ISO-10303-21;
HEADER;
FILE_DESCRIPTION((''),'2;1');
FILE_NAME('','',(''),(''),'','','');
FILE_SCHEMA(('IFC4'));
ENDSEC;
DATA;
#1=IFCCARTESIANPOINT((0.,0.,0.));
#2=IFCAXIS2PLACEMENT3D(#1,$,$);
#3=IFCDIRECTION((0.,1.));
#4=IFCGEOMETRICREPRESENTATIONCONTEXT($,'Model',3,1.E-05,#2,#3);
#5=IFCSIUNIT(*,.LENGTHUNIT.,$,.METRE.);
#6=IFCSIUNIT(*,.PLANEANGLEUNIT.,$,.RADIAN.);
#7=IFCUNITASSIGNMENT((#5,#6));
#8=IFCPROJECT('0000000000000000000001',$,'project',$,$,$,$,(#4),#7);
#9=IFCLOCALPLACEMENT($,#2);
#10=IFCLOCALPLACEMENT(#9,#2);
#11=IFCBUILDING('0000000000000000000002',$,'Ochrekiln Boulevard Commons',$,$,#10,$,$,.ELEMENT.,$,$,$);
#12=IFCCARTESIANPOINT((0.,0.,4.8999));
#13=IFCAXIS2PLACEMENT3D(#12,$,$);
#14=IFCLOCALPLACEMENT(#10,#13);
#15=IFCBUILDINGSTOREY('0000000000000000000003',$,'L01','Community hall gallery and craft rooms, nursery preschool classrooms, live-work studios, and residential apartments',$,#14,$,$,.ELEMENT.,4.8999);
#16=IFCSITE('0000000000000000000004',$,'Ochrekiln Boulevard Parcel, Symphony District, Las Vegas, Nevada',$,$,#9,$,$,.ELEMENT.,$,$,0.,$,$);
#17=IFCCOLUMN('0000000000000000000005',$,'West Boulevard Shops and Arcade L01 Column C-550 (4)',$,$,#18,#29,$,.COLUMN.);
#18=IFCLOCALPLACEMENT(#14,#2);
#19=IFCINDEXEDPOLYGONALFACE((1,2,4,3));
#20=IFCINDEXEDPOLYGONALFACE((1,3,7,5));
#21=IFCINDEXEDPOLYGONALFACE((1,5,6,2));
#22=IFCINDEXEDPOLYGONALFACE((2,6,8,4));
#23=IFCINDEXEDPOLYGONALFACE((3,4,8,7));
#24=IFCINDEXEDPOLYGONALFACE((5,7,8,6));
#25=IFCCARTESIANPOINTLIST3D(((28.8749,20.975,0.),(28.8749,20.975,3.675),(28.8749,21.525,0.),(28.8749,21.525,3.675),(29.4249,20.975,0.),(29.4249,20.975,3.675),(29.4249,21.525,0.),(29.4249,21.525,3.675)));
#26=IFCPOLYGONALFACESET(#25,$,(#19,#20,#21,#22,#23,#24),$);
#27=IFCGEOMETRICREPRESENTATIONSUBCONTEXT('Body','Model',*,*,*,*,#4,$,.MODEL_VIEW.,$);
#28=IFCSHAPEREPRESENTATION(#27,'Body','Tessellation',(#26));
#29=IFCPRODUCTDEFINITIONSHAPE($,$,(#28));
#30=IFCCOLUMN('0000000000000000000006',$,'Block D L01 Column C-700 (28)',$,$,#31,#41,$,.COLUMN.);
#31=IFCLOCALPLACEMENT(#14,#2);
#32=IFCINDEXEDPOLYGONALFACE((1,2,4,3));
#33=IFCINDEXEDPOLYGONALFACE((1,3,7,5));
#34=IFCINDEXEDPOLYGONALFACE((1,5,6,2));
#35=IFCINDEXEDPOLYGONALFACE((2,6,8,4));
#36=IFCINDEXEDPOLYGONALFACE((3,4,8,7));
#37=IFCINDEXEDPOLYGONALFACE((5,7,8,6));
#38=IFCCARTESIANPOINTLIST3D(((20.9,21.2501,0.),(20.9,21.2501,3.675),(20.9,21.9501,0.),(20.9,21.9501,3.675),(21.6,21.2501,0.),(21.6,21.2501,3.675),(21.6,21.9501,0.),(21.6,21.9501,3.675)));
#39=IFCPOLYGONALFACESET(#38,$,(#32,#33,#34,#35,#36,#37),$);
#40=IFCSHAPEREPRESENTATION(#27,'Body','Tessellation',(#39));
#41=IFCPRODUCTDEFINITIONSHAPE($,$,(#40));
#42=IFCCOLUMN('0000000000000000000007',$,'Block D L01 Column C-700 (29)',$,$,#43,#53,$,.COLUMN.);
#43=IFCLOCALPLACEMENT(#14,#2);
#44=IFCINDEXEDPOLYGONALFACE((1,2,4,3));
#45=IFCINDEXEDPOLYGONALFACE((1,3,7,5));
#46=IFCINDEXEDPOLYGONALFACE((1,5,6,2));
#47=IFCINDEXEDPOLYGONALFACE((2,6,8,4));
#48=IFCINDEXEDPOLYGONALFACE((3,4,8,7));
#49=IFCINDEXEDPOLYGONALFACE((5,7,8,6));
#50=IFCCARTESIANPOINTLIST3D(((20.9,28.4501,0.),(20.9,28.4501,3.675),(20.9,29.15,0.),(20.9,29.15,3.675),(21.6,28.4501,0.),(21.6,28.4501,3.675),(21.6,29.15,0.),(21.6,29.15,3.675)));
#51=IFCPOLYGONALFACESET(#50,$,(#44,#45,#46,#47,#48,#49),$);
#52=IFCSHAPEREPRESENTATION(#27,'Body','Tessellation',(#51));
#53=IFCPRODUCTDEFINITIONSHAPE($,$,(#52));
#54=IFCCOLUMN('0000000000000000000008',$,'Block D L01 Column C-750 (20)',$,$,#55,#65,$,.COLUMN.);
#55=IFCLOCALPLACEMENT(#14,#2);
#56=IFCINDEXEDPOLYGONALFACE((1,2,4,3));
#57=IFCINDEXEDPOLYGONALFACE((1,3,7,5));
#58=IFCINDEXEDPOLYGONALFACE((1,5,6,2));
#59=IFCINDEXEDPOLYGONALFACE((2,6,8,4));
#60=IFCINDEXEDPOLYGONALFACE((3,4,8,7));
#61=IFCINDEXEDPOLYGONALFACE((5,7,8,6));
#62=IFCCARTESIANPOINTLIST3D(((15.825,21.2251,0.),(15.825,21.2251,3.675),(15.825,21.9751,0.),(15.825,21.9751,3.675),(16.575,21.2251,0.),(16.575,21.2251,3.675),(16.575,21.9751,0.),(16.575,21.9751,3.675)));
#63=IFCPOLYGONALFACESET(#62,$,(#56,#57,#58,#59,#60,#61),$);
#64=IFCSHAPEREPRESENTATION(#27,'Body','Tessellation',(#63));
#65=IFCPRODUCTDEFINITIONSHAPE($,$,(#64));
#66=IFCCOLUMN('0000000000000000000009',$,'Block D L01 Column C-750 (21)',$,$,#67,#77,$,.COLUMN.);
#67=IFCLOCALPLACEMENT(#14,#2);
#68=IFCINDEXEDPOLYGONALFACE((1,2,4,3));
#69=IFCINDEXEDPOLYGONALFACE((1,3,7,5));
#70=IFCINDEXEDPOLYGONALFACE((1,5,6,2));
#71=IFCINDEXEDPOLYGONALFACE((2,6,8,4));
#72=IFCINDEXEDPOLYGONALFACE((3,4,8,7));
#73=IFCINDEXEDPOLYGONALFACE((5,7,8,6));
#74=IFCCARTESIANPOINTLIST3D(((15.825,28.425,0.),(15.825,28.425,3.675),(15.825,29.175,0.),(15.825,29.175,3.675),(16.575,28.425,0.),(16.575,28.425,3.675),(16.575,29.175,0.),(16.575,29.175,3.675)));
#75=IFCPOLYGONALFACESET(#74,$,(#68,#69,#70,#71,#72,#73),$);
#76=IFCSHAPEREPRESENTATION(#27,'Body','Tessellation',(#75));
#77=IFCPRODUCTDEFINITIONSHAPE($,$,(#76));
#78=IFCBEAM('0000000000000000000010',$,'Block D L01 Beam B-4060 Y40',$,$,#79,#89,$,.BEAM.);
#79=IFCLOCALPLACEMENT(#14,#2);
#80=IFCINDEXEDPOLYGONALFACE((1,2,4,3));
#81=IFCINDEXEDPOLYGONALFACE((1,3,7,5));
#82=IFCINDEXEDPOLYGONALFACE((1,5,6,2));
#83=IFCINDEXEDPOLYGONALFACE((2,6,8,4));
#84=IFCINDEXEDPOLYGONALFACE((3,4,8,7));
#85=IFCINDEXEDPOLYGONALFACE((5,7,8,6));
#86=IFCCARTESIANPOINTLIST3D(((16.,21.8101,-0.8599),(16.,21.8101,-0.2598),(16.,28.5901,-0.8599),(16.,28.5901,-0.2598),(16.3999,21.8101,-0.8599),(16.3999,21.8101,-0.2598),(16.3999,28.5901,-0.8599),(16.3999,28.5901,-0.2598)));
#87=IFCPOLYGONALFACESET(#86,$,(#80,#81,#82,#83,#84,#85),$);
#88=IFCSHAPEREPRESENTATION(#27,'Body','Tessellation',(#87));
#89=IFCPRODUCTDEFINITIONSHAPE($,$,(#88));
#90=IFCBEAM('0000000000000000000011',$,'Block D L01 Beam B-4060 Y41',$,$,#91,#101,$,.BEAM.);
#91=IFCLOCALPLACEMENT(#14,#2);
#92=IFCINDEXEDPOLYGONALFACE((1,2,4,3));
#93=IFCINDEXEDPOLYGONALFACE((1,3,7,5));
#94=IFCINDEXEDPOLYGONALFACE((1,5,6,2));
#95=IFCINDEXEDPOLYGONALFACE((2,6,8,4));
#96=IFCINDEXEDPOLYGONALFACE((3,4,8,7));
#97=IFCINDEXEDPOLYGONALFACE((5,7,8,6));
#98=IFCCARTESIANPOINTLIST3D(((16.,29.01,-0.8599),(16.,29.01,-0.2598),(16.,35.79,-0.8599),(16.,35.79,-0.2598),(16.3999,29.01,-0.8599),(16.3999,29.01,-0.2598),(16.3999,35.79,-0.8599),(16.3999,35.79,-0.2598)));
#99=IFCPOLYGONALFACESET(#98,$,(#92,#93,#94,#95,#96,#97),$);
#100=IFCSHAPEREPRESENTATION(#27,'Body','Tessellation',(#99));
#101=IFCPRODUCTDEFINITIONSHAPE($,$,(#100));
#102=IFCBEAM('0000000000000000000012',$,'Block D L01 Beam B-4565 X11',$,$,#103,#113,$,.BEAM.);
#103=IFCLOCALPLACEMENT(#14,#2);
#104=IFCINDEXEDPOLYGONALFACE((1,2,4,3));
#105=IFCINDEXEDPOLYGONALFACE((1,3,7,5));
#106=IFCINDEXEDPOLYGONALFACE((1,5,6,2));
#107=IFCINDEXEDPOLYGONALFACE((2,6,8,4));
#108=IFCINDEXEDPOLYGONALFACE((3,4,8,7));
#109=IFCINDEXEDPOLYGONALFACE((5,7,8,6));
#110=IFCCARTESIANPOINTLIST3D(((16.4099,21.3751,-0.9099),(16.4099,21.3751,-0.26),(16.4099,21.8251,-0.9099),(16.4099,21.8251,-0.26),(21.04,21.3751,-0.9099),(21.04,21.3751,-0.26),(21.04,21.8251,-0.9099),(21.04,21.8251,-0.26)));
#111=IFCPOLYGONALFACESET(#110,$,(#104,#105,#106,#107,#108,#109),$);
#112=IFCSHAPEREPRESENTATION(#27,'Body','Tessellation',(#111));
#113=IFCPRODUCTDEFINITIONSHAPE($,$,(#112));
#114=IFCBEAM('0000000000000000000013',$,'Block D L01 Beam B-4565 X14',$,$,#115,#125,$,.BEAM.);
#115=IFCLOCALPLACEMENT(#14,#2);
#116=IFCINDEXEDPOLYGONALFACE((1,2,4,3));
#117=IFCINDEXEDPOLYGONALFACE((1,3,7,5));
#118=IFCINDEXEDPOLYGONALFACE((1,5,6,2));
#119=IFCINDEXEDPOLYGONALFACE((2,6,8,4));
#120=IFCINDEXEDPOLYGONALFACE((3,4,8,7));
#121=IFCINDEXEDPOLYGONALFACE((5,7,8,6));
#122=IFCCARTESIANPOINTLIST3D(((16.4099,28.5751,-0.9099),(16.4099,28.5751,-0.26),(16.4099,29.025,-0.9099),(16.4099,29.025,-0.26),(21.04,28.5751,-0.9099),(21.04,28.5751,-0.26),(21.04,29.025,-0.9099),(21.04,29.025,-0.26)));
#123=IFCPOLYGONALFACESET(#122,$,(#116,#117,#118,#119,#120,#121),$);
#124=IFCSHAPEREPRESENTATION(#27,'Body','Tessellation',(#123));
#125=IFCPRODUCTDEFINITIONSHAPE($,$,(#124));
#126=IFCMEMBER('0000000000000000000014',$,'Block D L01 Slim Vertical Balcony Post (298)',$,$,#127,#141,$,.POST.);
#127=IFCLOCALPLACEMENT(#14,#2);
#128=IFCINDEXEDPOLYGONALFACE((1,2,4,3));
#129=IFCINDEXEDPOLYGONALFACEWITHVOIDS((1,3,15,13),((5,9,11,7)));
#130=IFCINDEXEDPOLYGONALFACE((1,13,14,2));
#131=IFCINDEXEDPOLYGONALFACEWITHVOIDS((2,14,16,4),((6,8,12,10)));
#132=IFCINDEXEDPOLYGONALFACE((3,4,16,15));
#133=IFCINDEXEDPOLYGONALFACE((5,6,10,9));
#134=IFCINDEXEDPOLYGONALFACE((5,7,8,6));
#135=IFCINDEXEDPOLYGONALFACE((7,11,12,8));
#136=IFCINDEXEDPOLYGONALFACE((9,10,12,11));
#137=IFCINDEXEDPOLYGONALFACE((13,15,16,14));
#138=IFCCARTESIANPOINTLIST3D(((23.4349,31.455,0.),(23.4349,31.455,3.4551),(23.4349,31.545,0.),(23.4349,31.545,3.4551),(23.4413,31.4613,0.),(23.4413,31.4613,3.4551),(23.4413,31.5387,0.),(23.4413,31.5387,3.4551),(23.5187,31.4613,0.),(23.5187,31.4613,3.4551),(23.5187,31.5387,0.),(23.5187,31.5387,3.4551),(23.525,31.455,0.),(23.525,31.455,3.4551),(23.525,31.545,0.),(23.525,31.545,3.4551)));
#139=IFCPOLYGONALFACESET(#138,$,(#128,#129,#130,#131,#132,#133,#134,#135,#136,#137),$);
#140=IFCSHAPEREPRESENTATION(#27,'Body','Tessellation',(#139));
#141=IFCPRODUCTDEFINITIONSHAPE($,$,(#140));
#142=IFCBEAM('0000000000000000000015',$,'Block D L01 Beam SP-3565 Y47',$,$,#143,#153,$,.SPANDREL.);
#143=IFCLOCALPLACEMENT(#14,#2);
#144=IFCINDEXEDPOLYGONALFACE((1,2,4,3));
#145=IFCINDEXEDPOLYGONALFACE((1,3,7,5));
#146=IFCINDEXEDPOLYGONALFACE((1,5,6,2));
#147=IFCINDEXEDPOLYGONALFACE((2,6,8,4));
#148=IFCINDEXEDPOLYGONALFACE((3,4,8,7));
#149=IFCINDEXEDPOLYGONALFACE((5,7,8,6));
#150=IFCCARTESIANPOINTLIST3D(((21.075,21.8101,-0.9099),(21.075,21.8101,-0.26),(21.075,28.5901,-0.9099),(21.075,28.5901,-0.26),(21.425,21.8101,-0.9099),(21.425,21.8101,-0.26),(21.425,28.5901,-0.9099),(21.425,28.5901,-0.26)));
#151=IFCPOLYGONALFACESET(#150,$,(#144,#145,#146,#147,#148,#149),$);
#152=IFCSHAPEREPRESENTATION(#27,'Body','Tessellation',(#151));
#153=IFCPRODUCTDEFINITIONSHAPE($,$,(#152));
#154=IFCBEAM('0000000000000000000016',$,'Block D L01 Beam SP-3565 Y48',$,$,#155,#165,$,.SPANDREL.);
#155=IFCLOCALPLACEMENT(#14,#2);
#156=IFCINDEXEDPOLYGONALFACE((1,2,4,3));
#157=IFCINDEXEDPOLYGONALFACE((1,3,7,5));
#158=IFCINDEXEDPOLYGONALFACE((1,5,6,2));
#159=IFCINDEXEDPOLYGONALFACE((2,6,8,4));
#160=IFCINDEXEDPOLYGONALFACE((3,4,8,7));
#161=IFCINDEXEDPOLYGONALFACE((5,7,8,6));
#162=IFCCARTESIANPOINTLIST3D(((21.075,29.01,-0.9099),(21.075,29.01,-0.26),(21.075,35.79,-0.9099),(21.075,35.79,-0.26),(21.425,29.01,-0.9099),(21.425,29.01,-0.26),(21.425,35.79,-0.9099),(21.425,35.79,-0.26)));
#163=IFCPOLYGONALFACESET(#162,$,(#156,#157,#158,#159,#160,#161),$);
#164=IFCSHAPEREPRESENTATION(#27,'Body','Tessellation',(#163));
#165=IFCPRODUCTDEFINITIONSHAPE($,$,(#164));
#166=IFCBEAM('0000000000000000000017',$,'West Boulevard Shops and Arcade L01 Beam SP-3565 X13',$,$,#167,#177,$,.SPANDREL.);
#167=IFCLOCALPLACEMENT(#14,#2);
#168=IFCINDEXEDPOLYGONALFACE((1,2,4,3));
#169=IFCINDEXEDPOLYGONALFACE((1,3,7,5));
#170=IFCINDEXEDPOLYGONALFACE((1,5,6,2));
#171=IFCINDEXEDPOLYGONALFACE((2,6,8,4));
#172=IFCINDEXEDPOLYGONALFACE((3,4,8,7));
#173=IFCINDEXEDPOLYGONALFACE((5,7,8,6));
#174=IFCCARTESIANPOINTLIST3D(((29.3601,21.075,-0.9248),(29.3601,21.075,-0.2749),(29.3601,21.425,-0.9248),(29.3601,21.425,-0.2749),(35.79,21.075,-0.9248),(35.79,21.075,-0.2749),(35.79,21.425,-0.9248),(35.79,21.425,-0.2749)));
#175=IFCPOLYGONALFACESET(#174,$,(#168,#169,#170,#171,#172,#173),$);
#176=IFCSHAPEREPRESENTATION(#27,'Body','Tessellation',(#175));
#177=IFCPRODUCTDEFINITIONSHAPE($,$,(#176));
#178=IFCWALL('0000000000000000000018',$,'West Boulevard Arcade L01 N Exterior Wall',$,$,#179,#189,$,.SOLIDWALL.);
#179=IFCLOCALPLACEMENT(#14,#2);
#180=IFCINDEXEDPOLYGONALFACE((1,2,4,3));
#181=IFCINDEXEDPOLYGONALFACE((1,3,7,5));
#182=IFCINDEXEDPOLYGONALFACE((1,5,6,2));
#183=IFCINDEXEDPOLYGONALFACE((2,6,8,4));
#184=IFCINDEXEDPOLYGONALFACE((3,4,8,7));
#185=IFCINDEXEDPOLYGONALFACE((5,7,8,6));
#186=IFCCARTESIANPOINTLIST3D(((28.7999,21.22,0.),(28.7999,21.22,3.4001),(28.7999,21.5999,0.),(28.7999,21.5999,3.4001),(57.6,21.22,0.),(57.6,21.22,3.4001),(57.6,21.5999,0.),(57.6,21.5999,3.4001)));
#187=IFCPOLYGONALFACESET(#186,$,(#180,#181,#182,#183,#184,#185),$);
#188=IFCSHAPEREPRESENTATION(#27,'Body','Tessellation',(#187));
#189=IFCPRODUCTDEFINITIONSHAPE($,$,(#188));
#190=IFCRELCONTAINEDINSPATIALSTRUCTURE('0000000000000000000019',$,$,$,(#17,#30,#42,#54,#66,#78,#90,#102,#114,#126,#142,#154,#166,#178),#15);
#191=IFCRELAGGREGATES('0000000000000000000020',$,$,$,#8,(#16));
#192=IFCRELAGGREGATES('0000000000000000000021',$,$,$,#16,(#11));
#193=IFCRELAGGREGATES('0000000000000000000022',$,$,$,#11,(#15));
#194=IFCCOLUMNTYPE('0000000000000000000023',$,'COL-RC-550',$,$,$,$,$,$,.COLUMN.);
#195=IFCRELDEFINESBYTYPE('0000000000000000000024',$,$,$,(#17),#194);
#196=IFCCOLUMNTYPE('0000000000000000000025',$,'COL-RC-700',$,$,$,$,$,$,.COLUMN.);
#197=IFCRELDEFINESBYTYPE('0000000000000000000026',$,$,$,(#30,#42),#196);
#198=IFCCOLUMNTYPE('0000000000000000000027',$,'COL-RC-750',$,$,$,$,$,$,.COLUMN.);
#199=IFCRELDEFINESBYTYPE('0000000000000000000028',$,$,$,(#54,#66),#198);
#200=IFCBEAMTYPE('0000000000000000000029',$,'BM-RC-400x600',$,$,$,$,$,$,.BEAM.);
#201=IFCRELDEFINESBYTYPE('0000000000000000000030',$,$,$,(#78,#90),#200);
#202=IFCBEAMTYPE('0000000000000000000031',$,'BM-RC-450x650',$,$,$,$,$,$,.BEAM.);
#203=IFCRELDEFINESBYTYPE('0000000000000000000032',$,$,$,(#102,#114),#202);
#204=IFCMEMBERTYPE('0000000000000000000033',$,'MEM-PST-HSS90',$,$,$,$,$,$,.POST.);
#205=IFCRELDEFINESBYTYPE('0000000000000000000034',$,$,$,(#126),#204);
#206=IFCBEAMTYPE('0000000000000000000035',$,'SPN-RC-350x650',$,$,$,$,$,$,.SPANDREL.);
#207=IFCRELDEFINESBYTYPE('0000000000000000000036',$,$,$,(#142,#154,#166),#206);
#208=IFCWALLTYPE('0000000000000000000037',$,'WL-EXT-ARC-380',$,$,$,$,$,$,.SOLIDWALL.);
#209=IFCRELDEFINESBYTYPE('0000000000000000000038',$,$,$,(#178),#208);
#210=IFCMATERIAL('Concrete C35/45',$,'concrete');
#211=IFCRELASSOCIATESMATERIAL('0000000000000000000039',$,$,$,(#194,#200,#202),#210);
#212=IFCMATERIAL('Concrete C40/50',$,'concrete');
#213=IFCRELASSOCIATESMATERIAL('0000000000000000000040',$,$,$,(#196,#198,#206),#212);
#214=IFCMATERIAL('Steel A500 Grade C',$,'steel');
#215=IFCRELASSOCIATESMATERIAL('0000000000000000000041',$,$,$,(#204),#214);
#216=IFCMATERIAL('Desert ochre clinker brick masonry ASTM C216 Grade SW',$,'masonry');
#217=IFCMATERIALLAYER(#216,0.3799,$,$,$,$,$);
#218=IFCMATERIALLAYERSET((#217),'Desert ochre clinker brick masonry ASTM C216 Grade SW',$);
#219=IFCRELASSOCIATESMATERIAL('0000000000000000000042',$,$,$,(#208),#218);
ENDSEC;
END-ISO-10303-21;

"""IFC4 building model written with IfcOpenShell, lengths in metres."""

from ifc_helpers import new_model, si_unit, direction, frame, frame_2d, origin, origin_2d, place, context, subcontext, project, spatial, rectangle, hollow_rectangle, extrude, material, layer, layer_set, material_profile, profile_set, type_object, element, save


model = new_model("IFC4")

# Units and contexts
model_context = context("Model", 3, precision=1e-05, world=origin(), true_north=direction((0.0, 1.0)))
body_context = subcontext(model_context, "Body", "Model", "MODEL_VIEW")
ifc_project = project(units=[si_unit("LENGTHUNIT", "METRE"), si_unit("PLANEANGLEUNIT", "RADIAN")], contexts=[model_context])

# Site, building, storey
site_placement = place(None, origin())
site = spatial("IfcSite", under=ifc_project, at=site_placement, Name="Ochrekiln Boulevard Parcel, Symphony District, Las Vegas, Nevada", CompositionType="ELEMENT", RefElevation=0.0)
building_placement = place(site_placement, origin())
building = spatial("IfcBuilding", under=site, at=building_placement, Name="Ochrekiln Boulevard Commons", CompositionType="ELEMENT")
storey_placement = place(building_placement, frame((0.0, 0.0, 4.8999)))
storey = spatial("IfcBuildingStorey", under=building, at=storey_placement, Name="L01", Description="Community hall gallery and craft rooms, nursery preschool classrooms, live-work studios, and residential apartments", CompositionType="ELEMENT", Elevation=4.8999)

# Columns
ifc_material_1 = material(Name="Concrete C35/45", Category="concrete")
ifc_material_profile_1 = material_profile(ifc_material_1, rectangle(XDim=0.55, YDim=0.55, at=origin_2d()), Name="RC-COL-550x550")
ifc_profile_set_1 = profile_set([ifc_material_profile_1], Name="Concrete C35/45")
column_type_1 = type_object("IfcColumnType", Name="COL-RC-550", PredefinedType="COLUMN", material=ifc_profile_set_1)
column_placement = place(storey_placement, frame((29.1499, 21.25, 0.0), z_axis=(0.0, 0.0, 1.0), x_axis=(1.0, 0.0, 0.0)))
element("IfcColumn", 1, at=column_placement, inside=storey, type_object=column_type_1, Name="West Boulevard Shops and Arcade L01 Column C-550 (4)", PredefinedType="COLUMN", context=body_context, shape_type="SweptSolid", body=[
    extrude(rectangle(XDim=0.55, YDim=0.55, at=origin_2d()), origin(), (0.0, 0.0, 1.0), 3.675),
])
ifc_material_2 = material(Name="Concrete C40/50", Category="concrete")
ifc_material_profile_2 = material_profile(ifc_material_2, rectangle(XDim=0.7, YDim=0.7, at=origin_2d()), Name="RC-COL-700x700")
ifc_profile_set_2 = profile_set([ifc_material_profile_2], Name="Concrete C40/50")
column_type_2 = type_object("IfcColumnType", Name="COL-RC-700", PredefinedType="COLUMN", material=ifc_profile_set_2)
for number, where, z_axis, x_axis, name in (
    (2, (21.25, 21.6001, 0.0), (0.0, 0.0, 1.0), (1.0, 0.0, 0.0), "Block D L01 Column C-700 (28)"),
    (3, (21.25, 28.8, 0.0), (0.0, 0.0, 1.0), (1.0, 0.0, 0.0), "Block D L01 Column C-700 (29)"),
):
    element("IfcColumn", number, at=place(storey_placement, frame(where, z_axis=z_axis, x_axis=x_axis)), inside=storey, type_object=column_type_2, Name=name, PredefinedType="COLUMN", context=body_context, shape_type="SweptSolid", body=[
        extrude(rectangle(XDim=0.7, YDim=0.7, at=origin_2d()), origin(), (0.0, 0.0, 1.0), 3.675),
    ])
ifc_material_profile_3 = material_profile(ifc_material_2, rectangle(XDim=0.75, YDim=0.75, at=origin_2d()), Name="RC-COL-750x750")
ifc_profile_set_3 = profile_set([ifc_material_profile_3], Name="Concrete C40/50")
column_type_3 = type_object("IfcColumnType", Name="COL-RC-750", PredefinedType="COLUMN", material=ifc_profile_set_3)
for number, where, z_axis, x_axis, name in (
    (4, (16.2, 21.6001, 0.0), (0.0, 0.0, 1.0), (1.0, 0.0, 0.0), "Block D L01 Column C-750 (20)"),
    (5, (16.2, 28.8, 0.0), (0.0, 0.0, 1.0), (1.0, 0.0, 0.0), "Block D L01 Column C-750 (21)"),
):
    element("IfcColumn", number, at=place(storey_placement, frame(where, z_axis=z_axis, x_axis=x_axis)), inside=storey, type_object=column_type_3, Name=name, PredefinedType="COLUMN", context=body_context, shape_type="SweptSolid", body=[
        extrude(rectangle(XDim=0.75, YDim=0.75, at=origin_2d()), origin(), (0.0, 0.0, 1.0), 3.675),
    ])

# Beams
ifc_material_profile_4 = material_profile(ifc_material_1, rectangle(XDim=0.3999, YDim=0.6001, at=origin_2d()), Name="RC-BM-400x600")
ifc_profile_set_4 = profile_set([ifc_material_profile_4], Name="Concrete C35/45")
beam_type_1 = type_object("IfcBeamType", Name="BM-RC-400x600", PredefinedType="BEAM", material=ifc_profile_set_4)
for number, where, z_axis, x_axis, name in (
    (6, (16.2, 21.8101, -0.5598), (0.0, 1.0, 0.0), (-1.0, 0.0, 0.0), "Block D L01 Beam B-4060 Y40"),
    (7, (16.2, 29.01, -0.5598), (0.0, 1.0, 0.0), (-1.0, 0.0, 0.0), "Block D L01 Beam B-4060 Y41"),
):
    element("IfcBeam", number, at=place(storey_placement, frame(where, z_axis=z_axis, x_axis=x_axis)), inside=storey, type_object=beam_type_1, Name=name, PredefinedType="BEAM", context=body_context, shape_type="SweptSolid", body=[
        extrude(rectangle(XDim=0.3999, YDim=0.6001, at=origin_2d()), origin(), (0.0, 0.0, 1.0), 6.78),
    ])
ifc_material_profile_5 = material_profile(ifc_material_1, rectangle(XDim=0.45, YDim=0.6499, at=origin_2d()), Name="RC-BM-450x650")
ifc_profile_set_5 = profile_set([ifc_material_profile_5], Name="Concrete C35/45")
beam_type_2 = type_object("IfcBeamType", Name="BM-RC-450x650", PredefinedType="BEAM", material=ifc_profile_set_5)
for number, where, z_axis, x_axis, name in (
    (8, (16.4099, 21.6001, -0.585), (1.0, 0.0, 0.0), (0.0, 1.0, 0.0), "Block D L01 Beam B-4565 X11"),
    (9, (16.4099, 28.8, -0.585), (1.0, 0.0, 0.0), (0.0, 1.0, 0.0), "Block D L01 Beam B-4565 X14"),
):
    element("IfcBeam", number, at=place(storey_placement, frame(where, z_axis=z_axis, x_axis=x_axis)), inside=storey, type_object=beam_type_2, Name=name, PredefinedType="BEAM", context=body_context, shape_type="SweptSolid", body=[
        extrude(rectangle(XDim=0.45, YDim=0.6499, at=origin_2d()), origin(), (0.0, 0.0, 1.0), 4.6301),
    ])

# Member
ifc_material_3 = material(Name="Steel A500 Grade C", Category="steel")
ifc_material_profile_6 = material_profile(ifc_material_3, hollow_rectangle(XDim=0.0901, YDim=0.0901, WallThickness=0.0063, at=origin_2d()), Name="HSS90X90X6.4")
ifc_profile_set_6 = profile_set([ifc_material_profile_6], Name="Steel A500 Grade C")
member_type = type_object("IfcMemberType", Name="MEM-PST-HSS90", PredefinedType="POST", material=ifc_profile_set_6)
member_placement = place(storey_placement, frame((23.48, 31.5, 0.0), z_axis=(0.0, 0.0, 1.0), x_axis=(1.0, 0.0, 0.0)))
element("IfcMember", 10, at=member_placement, inside=storey, type_object=member_type, Name="Block D L01 Slim Vertical Balcony Post (298)", PredefinedType="POST", context=body_context, shape_type="SweptSolid", body=[
    extrude(hollow_rectangle(XDim=0.0901, YDim=0.0901, WallThickness=0.0063, at=origin_2d()), origin(), (0.0, 0.0, 1.0), 3.4551),
])

# Beams
ifc_material_profile_7 = material_profile(ifc_material_2, rectangle(XDim=0.3501, YDim=0.6499, at=origin_2d()), Name="RC-SPN-350x650")
ifc_profile_set_7 = profile_set([ifc_material_profile_7], Name="Concrete C40/50")
beam_type_3 = type_object("IfcBeamType", Name="SPN-RC-350x650", PredefinedType="SPANDREL", material=ifc_profile_set_7)
for number, where, z_axis, x_axis, name in (
    (11, (21.25, 21.8101, -0.585), (0.0, 1.0, 0.0), (-1.0, 0.0, 0.0), "Block D L01 Beam SP-3565 Y47"),
    (12, (21.25, 29.01, -0.585), (0.0, 1.0, 0.0), (-1.0, 0.0, 0.0), "Block D L01 Beam SP-3565 Y48"),
):
    element("IfcBeam", number, at=place(storey_placement, frame(where, z_axis=z_axis, x_axis=x_axis)), inside=storey, type_object=beam_type_3, Name=name, PredefinedType="SPANDREL", context=body_context, shape_type="SweptSolid", body=[
        extrude(rectangle(XDim=0.3501, YDim=0.6499, at=origin_2d()), origin(), (0.0, 0.0, 1.0), 6.78),
    ])
beam_placement = place(storey_placement, frame((29.3601, 21.25, -0.5999), z_axis=(1.0, 0.0, 0.0), x_axis=(0.0, 1.0, 0.0)))
element("IfcBeam", 13, at=beam_placement, inside=storey, type_object=beam_type_3, Name="West Boulevard Shops and Arcade L01 Beam SP-3565 X13", PredefinedType="SPANDREL", context=body_context, shape_type="SweptSolid", body=[
    extrude(rectangle(XDim=0.3501, YDim=0.6499, at=origin_2d()), origin(), (0.0, 0.0, 1.0), 6.4299),
])

# Wall
ifc_material_4 = material(Name="Desert ochre clinker brick masonry ASTM C216 Grade SW", Category="masonry")
ifc_layer_1 = layer(ifc_material_4, 0.3799)
ifc_layer_set_1 = layer_set([ifc_layer_1], Name="Desert ochre clinker brick masonry ASTM C216 Grade SW")
wall_type_1 = type_object("IfcWallType", Name="WL-EXT-ARC-380", PredefinedType="SOLIDWALL", material=ifc_layer_set_1)
wall_1_placement = place(storey_placement, frame((28.8, 21.4099, 0.0), z_axis=(0.0, 0.0, 1.0), x_axis=(1.0, 0.0, 0.0)))
element("IfcWall", 14, at=wall_1_placement, inside=storey, type_object=wall_type_1, Name="West Boulevard Arcade L01 N Exterior Wall", PredefinedType="SOLIDWALL", context=body_context, shape_type="SweptSolid", body=[
    extrude(rectangle(XDim=28.8, YDim=0.3799, at=frame_2d((14.3999, 0.0))), origin(), (0.0, 0.0, 1.0), 3.4001),
])

save(model, "model.ifc")
